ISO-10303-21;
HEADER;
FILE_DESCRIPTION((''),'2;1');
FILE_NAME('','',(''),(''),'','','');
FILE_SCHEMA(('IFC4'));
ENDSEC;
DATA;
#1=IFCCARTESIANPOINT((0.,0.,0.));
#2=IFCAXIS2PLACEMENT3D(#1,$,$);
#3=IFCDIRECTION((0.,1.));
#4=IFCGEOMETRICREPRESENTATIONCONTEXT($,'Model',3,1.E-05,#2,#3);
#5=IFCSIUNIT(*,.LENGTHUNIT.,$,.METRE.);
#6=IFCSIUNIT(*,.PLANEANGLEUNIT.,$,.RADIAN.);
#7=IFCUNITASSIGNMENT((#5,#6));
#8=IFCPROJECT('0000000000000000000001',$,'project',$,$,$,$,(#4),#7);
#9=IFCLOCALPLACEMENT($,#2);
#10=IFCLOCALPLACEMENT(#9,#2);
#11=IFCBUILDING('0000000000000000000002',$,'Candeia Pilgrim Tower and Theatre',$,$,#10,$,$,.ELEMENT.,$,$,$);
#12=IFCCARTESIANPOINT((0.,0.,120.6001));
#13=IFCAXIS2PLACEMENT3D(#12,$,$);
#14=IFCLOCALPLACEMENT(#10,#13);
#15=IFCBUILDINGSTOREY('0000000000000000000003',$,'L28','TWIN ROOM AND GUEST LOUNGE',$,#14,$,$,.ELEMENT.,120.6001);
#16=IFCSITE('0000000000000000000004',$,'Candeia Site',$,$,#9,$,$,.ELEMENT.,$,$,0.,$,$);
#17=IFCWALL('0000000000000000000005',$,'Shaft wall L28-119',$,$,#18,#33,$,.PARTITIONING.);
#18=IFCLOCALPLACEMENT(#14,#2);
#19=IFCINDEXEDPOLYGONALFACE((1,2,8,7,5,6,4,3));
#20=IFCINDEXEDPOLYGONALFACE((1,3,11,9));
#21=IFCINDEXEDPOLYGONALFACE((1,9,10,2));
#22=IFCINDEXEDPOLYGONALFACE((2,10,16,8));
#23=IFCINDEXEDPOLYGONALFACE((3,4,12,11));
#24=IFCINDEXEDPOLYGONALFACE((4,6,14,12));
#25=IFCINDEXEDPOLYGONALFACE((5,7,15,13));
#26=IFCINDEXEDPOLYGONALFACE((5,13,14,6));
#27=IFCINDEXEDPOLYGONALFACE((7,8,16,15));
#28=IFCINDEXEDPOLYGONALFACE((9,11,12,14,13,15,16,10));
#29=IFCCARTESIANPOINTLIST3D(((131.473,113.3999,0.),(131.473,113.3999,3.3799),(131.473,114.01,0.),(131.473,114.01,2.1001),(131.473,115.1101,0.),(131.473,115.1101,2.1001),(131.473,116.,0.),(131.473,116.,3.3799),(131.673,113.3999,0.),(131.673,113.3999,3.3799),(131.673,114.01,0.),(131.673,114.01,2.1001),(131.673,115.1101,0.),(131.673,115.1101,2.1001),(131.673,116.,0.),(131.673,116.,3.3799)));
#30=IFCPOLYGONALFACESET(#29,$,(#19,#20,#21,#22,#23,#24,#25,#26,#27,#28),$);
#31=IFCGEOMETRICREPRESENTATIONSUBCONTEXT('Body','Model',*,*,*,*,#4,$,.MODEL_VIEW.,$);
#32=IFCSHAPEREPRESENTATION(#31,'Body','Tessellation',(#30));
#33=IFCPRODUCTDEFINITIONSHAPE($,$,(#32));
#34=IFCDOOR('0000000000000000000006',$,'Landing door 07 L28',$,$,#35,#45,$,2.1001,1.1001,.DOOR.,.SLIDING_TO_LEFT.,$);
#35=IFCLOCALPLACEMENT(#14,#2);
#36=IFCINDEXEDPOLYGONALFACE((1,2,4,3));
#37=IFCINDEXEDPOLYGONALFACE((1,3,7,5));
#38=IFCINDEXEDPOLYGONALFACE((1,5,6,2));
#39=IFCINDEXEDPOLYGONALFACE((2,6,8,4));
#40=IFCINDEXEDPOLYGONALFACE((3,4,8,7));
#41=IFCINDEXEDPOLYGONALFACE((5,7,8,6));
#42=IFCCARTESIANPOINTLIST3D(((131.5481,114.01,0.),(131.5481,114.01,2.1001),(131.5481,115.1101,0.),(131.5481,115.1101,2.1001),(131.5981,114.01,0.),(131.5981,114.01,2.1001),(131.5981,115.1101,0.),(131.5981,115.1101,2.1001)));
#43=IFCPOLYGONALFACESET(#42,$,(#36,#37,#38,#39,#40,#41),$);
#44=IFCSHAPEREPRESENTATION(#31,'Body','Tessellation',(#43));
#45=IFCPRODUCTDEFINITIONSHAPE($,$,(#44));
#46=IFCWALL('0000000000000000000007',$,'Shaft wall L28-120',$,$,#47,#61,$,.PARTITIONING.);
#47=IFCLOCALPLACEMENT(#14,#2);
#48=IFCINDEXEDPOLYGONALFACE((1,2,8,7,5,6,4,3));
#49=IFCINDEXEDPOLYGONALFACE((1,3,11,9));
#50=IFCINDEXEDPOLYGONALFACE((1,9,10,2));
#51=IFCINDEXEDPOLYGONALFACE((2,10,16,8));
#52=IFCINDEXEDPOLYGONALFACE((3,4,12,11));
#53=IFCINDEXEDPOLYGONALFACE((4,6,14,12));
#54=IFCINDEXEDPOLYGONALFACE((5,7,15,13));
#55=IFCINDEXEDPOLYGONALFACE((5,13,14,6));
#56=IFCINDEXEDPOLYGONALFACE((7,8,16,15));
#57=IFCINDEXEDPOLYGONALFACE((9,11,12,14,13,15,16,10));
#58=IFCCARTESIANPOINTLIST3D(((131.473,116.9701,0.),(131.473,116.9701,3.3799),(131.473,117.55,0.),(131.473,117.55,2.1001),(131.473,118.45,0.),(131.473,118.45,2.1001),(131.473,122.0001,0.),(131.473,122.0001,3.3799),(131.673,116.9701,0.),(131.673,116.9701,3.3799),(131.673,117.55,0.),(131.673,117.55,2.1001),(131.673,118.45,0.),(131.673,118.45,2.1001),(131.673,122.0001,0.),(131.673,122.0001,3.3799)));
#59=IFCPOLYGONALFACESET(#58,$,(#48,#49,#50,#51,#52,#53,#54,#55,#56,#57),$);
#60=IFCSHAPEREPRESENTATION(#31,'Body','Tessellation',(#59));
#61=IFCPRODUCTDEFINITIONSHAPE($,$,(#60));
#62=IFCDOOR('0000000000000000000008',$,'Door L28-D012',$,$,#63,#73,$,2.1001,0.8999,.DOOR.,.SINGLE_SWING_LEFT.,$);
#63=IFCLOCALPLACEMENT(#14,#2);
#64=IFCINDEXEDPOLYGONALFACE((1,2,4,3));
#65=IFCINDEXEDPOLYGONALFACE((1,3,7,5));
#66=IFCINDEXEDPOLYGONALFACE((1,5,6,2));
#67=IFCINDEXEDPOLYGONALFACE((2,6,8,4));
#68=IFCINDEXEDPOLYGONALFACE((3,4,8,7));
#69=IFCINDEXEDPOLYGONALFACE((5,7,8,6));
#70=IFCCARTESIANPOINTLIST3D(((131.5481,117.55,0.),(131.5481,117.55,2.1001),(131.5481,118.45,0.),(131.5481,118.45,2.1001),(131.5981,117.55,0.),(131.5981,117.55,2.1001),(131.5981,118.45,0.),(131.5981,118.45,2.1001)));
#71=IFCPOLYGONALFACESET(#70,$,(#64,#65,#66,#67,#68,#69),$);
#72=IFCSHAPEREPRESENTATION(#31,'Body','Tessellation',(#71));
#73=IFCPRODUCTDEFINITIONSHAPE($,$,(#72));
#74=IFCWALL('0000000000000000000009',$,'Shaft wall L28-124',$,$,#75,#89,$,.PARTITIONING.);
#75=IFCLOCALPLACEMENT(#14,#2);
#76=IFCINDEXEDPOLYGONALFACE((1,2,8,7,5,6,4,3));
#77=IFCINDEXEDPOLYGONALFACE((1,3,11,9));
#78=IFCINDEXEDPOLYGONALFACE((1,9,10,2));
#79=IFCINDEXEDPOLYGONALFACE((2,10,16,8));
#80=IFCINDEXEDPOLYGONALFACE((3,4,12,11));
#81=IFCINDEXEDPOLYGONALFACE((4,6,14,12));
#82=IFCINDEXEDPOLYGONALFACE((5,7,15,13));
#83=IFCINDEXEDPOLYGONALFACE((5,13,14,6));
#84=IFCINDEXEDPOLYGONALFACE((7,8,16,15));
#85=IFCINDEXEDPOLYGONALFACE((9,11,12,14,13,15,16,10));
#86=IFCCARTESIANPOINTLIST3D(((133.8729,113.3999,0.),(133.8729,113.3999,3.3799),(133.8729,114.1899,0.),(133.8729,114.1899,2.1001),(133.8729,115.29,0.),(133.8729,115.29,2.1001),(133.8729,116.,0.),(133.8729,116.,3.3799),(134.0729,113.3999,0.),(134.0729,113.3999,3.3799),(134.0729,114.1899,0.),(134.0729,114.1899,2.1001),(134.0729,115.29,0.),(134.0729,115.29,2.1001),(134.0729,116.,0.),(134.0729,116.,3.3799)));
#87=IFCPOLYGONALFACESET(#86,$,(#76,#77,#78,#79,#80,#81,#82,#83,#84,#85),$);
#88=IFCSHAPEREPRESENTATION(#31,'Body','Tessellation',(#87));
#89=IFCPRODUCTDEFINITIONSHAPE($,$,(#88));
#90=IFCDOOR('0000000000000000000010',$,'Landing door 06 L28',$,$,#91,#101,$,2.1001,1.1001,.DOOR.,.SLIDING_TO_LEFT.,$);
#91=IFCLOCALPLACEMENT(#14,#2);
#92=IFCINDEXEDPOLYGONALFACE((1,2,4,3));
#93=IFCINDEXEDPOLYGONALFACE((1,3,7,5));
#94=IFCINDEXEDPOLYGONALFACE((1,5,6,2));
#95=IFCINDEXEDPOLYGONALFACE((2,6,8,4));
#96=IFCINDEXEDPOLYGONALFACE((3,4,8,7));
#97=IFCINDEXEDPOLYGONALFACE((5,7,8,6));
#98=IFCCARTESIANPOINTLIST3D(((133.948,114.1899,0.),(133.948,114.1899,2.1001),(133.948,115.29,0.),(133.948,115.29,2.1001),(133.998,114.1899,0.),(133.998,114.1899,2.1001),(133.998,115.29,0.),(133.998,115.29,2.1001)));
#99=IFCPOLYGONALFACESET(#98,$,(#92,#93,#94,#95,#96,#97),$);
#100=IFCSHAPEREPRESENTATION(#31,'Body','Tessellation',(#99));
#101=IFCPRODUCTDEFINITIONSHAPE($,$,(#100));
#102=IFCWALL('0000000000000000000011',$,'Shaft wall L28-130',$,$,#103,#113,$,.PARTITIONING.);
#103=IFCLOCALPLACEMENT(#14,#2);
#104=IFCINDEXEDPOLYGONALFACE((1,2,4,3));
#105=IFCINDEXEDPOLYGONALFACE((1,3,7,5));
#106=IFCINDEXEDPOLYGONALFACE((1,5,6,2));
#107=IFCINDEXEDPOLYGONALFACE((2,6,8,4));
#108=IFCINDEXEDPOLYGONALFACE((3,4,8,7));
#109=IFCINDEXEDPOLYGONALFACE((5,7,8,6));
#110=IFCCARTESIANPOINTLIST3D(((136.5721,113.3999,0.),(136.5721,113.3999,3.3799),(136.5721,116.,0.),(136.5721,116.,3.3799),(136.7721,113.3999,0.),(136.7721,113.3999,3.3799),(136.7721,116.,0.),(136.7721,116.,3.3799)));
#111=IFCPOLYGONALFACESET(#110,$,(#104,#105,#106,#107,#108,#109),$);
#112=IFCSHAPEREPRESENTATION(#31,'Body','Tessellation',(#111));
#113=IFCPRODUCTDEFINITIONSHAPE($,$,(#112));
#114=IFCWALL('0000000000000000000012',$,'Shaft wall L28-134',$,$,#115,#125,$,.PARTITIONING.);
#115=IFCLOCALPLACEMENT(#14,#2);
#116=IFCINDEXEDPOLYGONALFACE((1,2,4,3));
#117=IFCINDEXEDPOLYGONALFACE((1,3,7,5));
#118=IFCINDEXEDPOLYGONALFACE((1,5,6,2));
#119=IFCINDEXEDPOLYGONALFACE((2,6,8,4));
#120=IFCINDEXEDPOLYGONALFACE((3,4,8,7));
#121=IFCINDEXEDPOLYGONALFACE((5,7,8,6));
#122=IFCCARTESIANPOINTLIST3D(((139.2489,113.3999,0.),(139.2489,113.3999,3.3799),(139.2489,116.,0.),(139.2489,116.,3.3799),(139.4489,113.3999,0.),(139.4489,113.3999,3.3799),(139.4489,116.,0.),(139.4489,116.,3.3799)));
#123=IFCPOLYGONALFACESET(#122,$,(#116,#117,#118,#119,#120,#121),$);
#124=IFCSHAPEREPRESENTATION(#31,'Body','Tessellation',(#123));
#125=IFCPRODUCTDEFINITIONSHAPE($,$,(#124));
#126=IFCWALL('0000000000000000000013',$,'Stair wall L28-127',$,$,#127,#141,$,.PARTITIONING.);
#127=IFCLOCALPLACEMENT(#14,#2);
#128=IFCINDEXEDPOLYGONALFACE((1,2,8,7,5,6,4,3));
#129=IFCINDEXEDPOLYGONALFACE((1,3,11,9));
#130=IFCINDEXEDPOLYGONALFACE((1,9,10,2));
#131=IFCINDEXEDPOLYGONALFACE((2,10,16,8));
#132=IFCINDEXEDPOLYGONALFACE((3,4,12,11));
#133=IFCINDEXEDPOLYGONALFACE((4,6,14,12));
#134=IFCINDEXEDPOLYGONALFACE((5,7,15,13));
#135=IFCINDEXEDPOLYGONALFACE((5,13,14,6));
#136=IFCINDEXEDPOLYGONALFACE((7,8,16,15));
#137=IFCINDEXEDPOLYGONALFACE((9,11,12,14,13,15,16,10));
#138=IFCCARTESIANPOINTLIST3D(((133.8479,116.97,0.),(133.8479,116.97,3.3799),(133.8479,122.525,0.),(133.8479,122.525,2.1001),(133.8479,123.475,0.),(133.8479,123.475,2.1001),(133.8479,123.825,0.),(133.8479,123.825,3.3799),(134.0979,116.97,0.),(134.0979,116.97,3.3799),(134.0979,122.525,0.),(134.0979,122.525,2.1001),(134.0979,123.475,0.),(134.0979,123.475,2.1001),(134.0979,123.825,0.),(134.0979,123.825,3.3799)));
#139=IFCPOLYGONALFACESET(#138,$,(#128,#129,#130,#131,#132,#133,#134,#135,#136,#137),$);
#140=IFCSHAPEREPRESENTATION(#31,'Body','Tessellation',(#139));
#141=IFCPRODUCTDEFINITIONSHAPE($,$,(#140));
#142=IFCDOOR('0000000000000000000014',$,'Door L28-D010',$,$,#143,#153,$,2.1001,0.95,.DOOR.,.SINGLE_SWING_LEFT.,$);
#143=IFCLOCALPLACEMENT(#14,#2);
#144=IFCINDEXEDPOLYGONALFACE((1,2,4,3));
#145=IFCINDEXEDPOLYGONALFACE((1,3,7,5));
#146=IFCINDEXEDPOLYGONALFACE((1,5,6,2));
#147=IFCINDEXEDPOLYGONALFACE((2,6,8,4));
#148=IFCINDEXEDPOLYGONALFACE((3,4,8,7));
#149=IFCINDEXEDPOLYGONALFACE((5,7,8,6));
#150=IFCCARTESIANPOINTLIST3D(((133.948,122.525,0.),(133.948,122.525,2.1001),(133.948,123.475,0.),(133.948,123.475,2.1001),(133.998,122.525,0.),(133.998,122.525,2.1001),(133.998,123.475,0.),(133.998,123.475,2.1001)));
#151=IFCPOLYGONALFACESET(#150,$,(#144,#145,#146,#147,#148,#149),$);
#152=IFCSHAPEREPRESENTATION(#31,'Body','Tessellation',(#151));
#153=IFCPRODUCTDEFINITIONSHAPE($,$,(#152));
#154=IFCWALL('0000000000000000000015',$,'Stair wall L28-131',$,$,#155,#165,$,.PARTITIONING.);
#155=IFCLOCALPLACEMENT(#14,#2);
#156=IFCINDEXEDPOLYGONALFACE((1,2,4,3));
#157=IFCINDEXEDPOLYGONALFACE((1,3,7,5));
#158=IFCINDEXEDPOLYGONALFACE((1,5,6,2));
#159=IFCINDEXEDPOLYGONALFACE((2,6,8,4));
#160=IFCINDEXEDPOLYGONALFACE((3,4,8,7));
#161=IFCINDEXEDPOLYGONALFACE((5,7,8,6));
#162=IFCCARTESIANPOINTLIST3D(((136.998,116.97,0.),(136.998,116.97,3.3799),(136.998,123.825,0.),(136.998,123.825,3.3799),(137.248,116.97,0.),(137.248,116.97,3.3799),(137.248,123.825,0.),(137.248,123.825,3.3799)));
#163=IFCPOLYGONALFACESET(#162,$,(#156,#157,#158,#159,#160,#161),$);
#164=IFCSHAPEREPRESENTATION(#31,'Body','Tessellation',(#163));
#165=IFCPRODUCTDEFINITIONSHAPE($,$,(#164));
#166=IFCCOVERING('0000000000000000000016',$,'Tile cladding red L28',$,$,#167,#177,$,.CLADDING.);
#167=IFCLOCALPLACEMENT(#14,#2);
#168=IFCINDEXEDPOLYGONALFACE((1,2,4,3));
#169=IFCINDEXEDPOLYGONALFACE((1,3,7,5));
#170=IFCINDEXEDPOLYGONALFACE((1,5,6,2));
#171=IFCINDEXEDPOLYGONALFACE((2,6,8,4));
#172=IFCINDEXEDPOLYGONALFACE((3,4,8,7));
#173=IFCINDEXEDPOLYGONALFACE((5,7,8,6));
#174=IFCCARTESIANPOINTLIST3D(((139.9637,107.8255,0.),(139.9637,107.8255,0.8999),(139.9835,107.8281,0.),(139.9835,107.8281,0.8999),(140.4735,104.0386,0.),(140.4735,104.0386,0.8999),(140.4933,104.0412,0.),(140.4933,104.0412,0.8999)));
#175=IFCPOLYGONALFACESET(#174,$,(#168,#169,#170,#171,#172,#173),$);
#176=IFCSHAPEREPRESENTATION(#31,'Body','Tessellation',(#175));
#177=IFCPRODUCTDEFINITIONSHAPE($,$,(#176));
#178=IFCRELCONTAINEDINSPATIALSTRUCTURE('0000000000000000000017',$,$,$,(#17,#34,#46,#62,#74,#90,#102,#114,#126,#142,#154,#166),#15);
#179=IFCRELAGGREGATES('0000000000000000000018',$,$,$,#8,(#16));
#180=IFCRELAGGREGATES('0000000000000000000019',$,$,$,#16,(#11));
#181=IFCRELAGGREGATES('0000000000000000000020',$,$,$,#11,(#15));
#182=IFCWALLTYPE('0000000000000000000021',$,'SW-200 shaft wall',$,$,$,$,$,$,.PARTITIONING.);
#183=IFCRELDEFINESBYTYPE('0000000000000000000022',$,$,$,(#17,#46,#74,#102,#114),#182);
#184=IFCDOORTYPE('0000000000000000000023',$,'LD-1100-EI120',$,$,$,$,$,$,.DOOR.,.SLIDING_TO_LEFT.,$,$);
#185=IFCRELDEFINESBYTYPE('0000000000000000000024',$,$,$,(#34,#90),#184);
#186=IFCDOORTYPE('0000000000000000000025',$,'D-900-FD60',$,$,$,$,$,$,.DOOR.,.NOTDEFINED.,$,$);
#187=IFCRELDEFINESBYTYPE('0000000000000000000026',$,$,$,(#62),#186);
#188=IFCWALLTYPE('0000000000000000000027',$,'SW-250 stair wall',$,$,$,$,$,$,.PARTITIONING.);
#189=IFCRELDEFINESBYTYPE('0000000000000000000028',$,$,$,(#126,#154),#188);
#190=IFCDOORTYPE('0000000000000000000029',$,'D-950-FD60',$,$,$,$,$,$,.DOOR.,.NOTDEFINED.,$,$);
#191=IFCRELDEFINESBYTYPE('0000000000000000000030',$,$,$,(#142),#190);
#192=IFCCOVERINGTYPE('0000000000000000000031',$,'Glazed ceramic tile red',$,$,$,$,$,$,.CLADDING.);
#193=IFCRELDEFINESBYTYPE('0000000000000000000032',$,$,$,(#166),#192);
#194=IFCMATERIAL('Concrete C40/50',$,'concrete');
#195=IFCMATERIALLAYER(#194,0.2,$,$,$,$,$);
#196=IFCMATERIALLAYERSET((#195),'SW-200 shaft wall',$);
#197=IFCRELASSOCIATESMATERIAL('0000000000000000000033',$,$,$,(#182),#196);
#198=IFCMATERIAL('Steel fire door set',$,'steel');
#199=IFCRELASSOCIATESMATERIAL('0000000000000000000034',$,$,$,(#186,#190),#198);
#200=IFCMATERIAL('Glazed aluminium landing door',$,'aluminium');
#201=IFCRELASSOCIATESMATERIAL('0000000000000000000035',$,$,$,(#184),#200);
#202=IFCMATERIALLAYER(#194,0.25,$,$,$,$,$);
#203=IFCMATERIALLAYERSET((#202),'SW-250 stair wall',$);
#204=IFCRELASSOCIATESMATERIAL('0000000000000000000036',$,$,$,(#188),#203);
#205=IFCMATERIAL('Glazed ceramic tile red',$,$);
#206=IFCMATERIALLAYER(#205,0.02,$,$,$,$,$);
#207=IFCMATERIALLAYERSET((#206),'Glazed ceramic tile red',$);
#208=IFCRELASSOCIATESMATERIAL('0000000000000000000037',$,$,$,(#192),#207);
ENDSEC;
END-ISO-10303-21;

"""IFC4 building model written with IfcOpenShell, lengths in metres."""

from ifc_helpers import new_model, si_unit, direction, frame, frame_2d, origin, origin_2d, place, context, subcontext, project, spatial, rectangle, extrude, material, layer, layer_set, type_object, element, fill, save


model = new_model("IFC4")

# Units and contexts
model_context = context("Model", 3, precision=1e-05, world=origin(), true_north=direction((0.0, 1.0)))
body_context = subcontext(model_context, "Body", "Model", "MODEL_VIEW")
ifc_project = project(units=[si_unit("LENGTHUNIT", "METRE"), si_unit("PLANEANGLEUNIT", "RADIAN")], contexts=[model_context])

# Site, building, storey
site_placement = place(None, origin())
site = spatial("IfcSite", under=ifc_project, at=site_placement, Name="Candeia Site", CompositionType="ELEMENT", RefElevation=0.0)
building_placement = place(site_placement, origin())
building = spatial("IfcBuilding", under=site, at=building_placement, Name="Candeia Pilgrim Tower and Theatre", CompositionType="ELEMENT")
storey_placement = place(building_placement, frame((0.0, 0.0, 120.6001)))
storey = spatial("IfcBuildingStorey", under=building, at=storey_placement, Name="L28", Description="TWIN ROOM AND GUEST LOUNGE", CompositionType="ELEMENT", Elevation=120.6001)

# Shared definitions
ifc_material_1 = material(Name="Steel fire door set", Category="steel")

# Walls, openings, doors
ifc_material_2 = material(Name="Concrete C40/50", Category="concrete")
ifc_layer_1 = layer(ifc_material_2, 0.2)
ifc_layer_set_1 = layer_set([ifc_layer_1], Name="SW-200 shaft wall")
wall_type_1 = type_object("IfcWallType", Name="SW-200 shaft wall", PredefinedType="PARTITIONING", material=ifc_layer_set_1)
door_type_1 = type_object("IfcDoorType", Name="D-900-FD60", OperationType="NOTDEFINED", PredefinedType="DOOR", material=ifc_material_1)
wall_1_placement = place(storey_placement, frame((131.573, 113.3999, 0.0), z_axis=(0.0, 0.0, 1.0), x_axis=(0.0, 1.0, 0.0)))
wall_1 = element("IfcWall", 1, at=wall_1_placement, inside=storey, type_object=wall_type_1, Name="Shaft wall L28-119", PredefinedType="PARTITIONING", context=body_context, shape_type="SweptSolid", body=[
    extrude(rectangle(XDim=2.6001, YDim=0.2, at=frame_2d((1.3, 0.0))), origin(), (0.0, 0.0, 1.0), 3.3799),
])
opening_1_placement = place(wall_1_placement, frame((0.6101, 0.0, 0.0)))
opening_1 = element("IfcOpeningElement", 2, at=opening_1_placement, cuts=wall_1, PredefinedType="OPENING", context=body_context, shape_type="SweptSolid", body=[
    extrude(rectangle(XDim=1.1001, YDim=2.1001, at=frame_2d((0.55, 1.05))), frame((0.0, 0.1099, 0.0), z_axis=(0.0, -1.0, 0.0), x_axis=(1.0, 0.0, 0.0)), (0.0, 0.0, 1.0), 0.22),
])
ifc_material_3 = material(Name="Glazed aluminium landing door", Category="aluminium")
door_type_2 = type_object("IfcDoorType", Name="LD-1100-EI120", OperationType="SLIDING_TO_LEFT", PredefinedType="DOOR", material=ifc_material_3)
door_1_placement = place(opening_1_placement, origin())
door_1 = element("IfcDoor", 3, at=door_1_placement, inside=storey, type_object=door_type_2, Name="Landing door 07 L28", OperationType="SLIDING_TO_LEFT", OverallHeight=2.1001, OverallWidth=1.1001, PredefinedType="DOOR", context=body_context, shape_type="SweptSolid", body=[
    extrude(rectangle(XDim=1.1001, YDim=2.1001, at=frame_2d((0.55, 1.05))), frame((0.0, 0.0249, 0.0), z_axis=(0.0, -1.0, 0.0), x_axis=(1.0, 0.0, 0.0)), (0.0, 0.0, 1.0), 0.05),
])
fill(opening_1, door_1)
wall_2_placement = place(storey_placement, frame((131.573, 116.97, 0.0), z_axis=(0.0, 0.0, 1.0), x_axis=(0.0, 1.0, 0.0)))
wall_2 = element("IfcWall", 4, at=wall_2_placement, inside=storey, type_object=wall_type_1, Name="Shaft wall L28-120", PredefinedType="PARTITIONING", context=body_context, shape_type="SweptSolid", body=[
    extrude(rectangle(XDim=5.03, YDim=0.2, at=frame_2d((2.5151, 0.0))), origin(), (0.0, 0.0, 1.0), 3.3799),
])
opening_2_placement = place(wall_2_placement, frame((0.5801, 0.0, 0.0)))
opening_2 = element("IfcOpeningElement", 5, at=opening_2_placement, cuts=wall_2, PredefinedType="OPENING", context=body_context, shape_type="SweptSolid", body=[
    extrude(rectangle(XDim=0.8999, YDim=2.1001, at=frame_2d((0.45, 1.05))), frame((0.0, 0.1099, 0.0), z_axis=(0.0, -1.0, 0.0), x_axis=(1.0, 0.0, 0.0)), (0.0, 0.0, 1.0), 0.22),
])
door_2_placement = place(opening_2_placement, origin())
door_2 = element("IfcDoor", 6, at=door_2_placement, inside=storey, type_object=door_type_1, Name="Door L28-D012", OperationType="SINGLE_SWING_LEFT", OverallHeight=2.1001, OverallWidth=0.8999, PredefinedType="DOOR", context=body_context, shape_type="SweptSolid", body=[
    extrude(rectangle(XDim=0.8999, YDim=2.1001, at=frame_2d((0.45, 1.05))), frame((0.0, 0.0249, 0.0), z_axis=(0.0, -1.0, 0.0), x_axis=(1.0, 0.0, 0.0)), (0.0, 0.0, 1.0), 0.05),
])
fill(opening_2, door_2)
wall_3_placement = place(storey_placement, frame((133.9729, 113.3999, 0.0), z_axis=(0.0, 0.0, 1.0), x_axis=(0.0, 1.0, 0.0)))
wall_3 = element("IfcWall", 7, at=wall_3_placement, inside=storey, type_object=wall_type_1, Name="Shaft wall L28-124", PredefinedType="PARTITIONING", context=body_context, shape_type="SweptSolid", body=[
    extrude(rectangle(XDim=2.6001, YDim=0.2, at=frame_2d((1.3, 0.0))), origin(), (0.0, 0.0, 1.0), 3.3799),
])
opening_3_placement = place(wall_3_placement, frame((0.79, 0.0, 0.0)))
opening_3 = element("IfcOpeningElement", 8, at=opening_3_placement, cuts=wall_3, PredefinedType="OPENING", context=body_context, shape_type="SweptSolid", body=[
    extrude(rectangle(XDim=1.1001, YDim=2.1001, at=frame_2d((0.55, 1.05))), frame((0.0, 0.1099, 0.0), z_axis=(0.0, -1.0, 0.0), x_axis=(1.0, 0.0, 0.0)), (0.0, 0.0, 1.0), 0.22),
])
door_3_placement = place(opening_3_placement, origin())
door_3 = element("IfcDoor", 9, at=door_3_placement, inside=storey, type_object=door_type_2, Name="Landing door 06 L28", OperationType="SLIDING_TO_LEFT", OverallHeight=2.1001, OverallWidth=1.1001, PredefinedType="DOOR", context=body_context, shape_type="SweptSolid", body=[
    extrude(rectangle(XDim=1.1001, YDim=2.1001, at=frame_2d((0.55, 1.05))), frame((0.0, 0.0249, 0.0), z_axis=(0.0, -1.0, 0.0), x_axis=(1.0, 0.0, 0.0)), (0.0, 0.0, 1.0), 0.05),
])
fill(opening_3, door_3)

# Walls
for number, where, z_axis, x_axis, name in (
    (10, (136.6721, 113.3999, 0.0), (0.0, 0.0, 1.0), (0.0, 1.0, 0.0), "Shaft wall L28-130"),
    (11, (139.3489, 113.3999, 0.0), (0.0, 0.0, 1.0), (0.0, 1.0, 0.0), "Shaft wall L28-134"),
):
    element("IfcWall", number, at=place(storey_placement, frame(where, z_axis=z_axis, x_axis=x_axis)), inside=storey, type_object=wall_type_1, Name=name, PredefinedType="PARTITIONING", context=body_context, shape_type="SweptSolid", body=[
        extrude(rectangle(XDim=2.6001, YDim=0.2, at=frame_2d((1.3, 0.0))), origin(), (0.0, 0.0, 1.0), 3.3799),
    ])

# Wall, opening, door
ifc_layer_2 = layer(ifc_material_2, 0.25)
ifc_layer_set_2 = layer_set([ifc_layer_2], Name="SW-250 stair wall")
wall_type_2 = type_object("IfcWallType", Name="SW-250 stair wall", PredefinedType="PARTITIONING", material=ifc_layer_set_2)
wall_4_placement = place(storey_placement, frame((133.9729, 116.97, 0.0), z_axis=(0.0, 0.0, 1.0), x_axis=(0.0, 1.0, 0.0)))
wall_4 = element("IfcWall", 12, at=wall_4_placement, inside=storey, type_object=wall_type_2, Name="Stair wall L28-127", PredefinedType="PARTITIONING", context=body_context, shape_type="SweptSolid", body=[
    extrude(rectangle(XDim=6.855, YDim=0.25, at=frame_2d((3.4275, 0.0))), origin(), (0.0, 0.0, 1.0), 3.3799),
])
opening_4_placement = place(wall_4_placement, frame((5.5549, 0.0, 0.0)))
opening_4 = element("IfcOpeningElement", 13, at=opening_4_placement, cuts=wall_4, PredefinedType="OPENING", context=body_context, shape_type="SweptSolid", body=[
    extrude(rectangle(XDim=0.95, YDim=2.1001, at=frame_2d((0.4751, 1.05))), frame((0.0, 0.135, 0.0), z_axis=(0.0, -1.0, 0.0), x_axis=(1.0, 0.0, 0.0)), (0.0, 0.0, 1.0), 0.27),
])
door_type_3 = type_object("IfcDoorType", Name="D-950-FD60", OperationType="NOTDEFINED", PredefinedType="DOOR", material=ifc_material_1)
door_4_placement = place(opening_4_placement, origin())
door_4 = element("IfcDoor", 14, at=door_4_placement, inside=storey, type_object=door_type_3, Name="Door L28-D010", OperationType="SINGLE_SWING_LEFT", OverallHeight=2.1001, OverallWidth=0.95, PredefinedType="DOOR", context=body_context, shape_type="SweptSolid", body=[
    extrude(rectangle(XDim=0.95, YDim=2.1001, at=frame_2d((0.4751, 1.05))), frame((0.0, 0.0249, 0.0), z_axis=(0.0, -1.0, 0.0), x_axis=(1.0, 0.0, 0.0)), (0.0, 0.0, 1.0), 0.05),
])
fill(opening_4, door_4)

# Wall
wall_5_placement = place(storey_placement, frame((137.123, 116.97, 0.0), z_axis=(0.0, 0.0, 1.0), x_axis=(0.0, 1.0, 0.0)))
element("IfcWall", 15, at=wall_5_placement, inside=storey, type_object=wall_type_2, Name="Stair wall L28-131", PredefinedType="PARTITIONING", context=body_context, shape_type="SweptSolid", body=[
    extrude(rectangle(XDim=6.855, YDim=0.25, at=frame_2d((3.4275, 0.0))), origin(), (0.0, 0.0, 1.0), 3.3799),
])

# Covering
ifc_material_4 = material(Name="Glazed ceramic tile red")
ifc_layer_3 = layer(ifc_material_4, 0.02)
ifc_layer_set_3 = layer_set([ifc_layer_3], Name="Glazed ceramic tile red")
covering_type = type_object("IfcCoveringType", Name="Glazed ceramic tile red", PredefinedType="CLADDING", material=ifc_layer_set_3)
covering_1_placement = place(storey_placement, frame((140.2285, 105.9333, 0.0), z_axis=(0.0, 0.0, 1.0), x_axis=(-0.133412, 0.991061, 0.0)))
element("IfcCovering", 16, at=covering_1_placement, inside=storey, type_object=covering_type, Name="Tile cladding red L28", PredefinedType="CLADDING", context=body_context, shape_type="SweptSolid", body=[
    extrude(rectangle(XDim=3.821, YDim=0.02, at=origin_2d()), origin(), (0.0, 0.0, 1.0), 0.8999),
])

save(model, "model.ifc")
